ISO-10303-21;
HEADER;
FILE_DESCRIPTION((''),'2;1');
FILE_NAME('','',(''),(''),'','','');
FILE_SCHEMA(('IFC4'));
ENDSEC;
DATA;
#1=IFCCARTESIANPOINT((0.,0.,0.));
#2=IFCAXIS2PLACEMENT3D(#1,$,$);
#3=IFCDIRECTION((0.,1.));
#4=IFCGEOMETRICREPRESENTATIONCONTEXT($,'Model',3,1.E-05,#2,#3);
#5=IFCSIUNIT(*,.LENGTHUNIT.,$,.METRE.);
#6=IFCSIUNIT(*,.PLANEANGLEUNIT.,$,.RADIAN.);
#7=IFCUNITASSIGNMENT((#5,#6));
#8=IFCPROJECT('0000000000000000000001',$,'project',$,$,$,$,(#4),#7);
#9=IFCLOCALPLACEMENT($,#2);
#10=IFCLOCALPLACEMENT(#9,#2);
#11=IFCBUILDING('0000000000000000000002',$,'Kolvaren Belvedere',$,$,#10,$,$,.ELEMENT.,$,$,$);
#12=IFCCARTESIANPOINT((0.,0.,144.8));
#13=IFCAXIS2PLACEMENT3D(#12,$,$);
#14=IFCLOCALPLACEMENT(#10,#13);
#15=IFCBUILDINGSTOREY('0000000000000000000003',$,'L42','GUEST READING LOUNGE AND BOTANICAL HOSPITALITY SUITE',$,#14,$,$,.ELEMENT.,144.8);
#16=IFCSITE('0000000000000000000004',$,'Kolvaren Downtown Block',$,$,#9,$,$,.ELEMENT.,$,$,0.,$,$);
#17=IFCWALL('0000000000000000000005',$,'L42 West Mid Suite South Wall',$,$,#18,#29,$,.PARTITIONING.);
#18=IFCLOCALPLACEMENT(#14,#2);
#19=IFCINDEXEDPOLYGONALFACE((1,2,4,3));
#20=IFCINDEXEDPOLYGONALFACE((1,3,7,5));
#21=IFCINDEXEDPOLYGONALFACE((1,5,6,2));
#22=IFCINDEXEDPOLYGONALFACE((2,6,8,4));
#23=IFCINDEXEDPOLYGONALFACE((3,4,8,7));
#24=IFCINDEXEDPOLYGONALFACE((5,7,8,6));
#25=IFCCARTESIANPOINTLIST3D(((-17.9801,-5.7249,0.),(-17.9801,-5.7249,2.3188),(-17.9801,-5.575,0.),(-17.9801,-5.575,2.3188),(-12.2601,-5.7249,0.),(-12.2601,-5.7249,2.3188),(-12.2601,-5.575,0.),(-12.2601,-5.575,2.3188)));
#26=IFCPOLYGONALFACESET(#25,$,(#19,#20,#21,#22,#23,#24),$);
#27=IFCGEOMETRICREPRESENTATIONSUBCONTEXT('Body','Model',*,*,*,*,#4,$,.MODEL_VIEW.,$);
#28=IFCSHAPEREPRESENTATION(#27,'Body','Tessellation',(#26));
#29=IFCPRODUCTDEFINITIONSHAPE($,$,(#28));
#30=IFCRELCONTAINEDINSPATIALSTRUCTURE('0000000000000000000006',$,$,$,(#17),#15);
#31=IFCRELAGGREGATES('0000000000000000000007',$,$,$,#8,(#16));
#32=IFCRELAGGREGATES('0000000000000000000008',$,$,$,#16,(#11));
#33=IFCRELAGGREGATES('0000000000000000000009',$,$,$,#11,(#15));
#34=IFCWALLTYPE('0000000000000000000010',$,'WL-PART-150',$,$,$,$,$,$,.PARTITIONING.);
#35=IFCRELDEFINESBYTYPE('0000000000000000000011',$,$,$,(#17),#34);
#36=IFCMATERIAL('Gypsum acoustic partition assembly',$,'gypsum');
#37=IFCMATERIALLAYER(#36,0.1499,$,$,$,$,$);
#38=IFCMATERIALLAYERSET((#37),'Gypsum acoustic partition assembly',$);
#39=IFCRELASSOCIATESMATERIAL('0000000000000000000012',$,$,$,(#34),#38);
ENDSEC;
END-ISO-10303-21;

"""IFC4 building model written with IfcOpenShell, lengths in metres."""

from ifc_helpers import new_model, si_unit, direction, frame, frame_2d, origin, place, context, subcontext, project, spatial, rectangle, extrude, material, layer, layer_set, type_object, element, save


model = new_model("IFC4")

# Units and contexts
model_context = context("Model", 3, precision=1e-05, world=origin(), true_north=direction((0.0, 1.0)))
body_context = subcontext(model_context, "Body", "Model", "MODEL_VIEW")
ifc_project = project(units=[si_unit("LENGTHUNIT", "METRE"), si_unit("PLANEANGLEUNIT", "RADIAN")], contexts=[model_context])

# Site, building, storey
site_placement = place(None, origin())
site = spatial("IfcSite", under=ifc_project, at=site_placement, Name="Kolvaren Downtown Block", CompositionType="ELEMENT", RefElevation=0.0)
building_placement = place(site_placement, origin())
building = spatial("IfcBuilding", under=site, at=building_placement, Name="Kolvaren Belvedere", CompositionType="ELEMENT")
storey_placement = place(building_placement, frame((0.0, 0.0, 144.8)))
storey = spatial("IfcBuildingStorey", under=building, at=storey_placement, Name="L42", Description="GUEST READING LOUNGE AND BOTANICAL HOSPITALITY SUITE", CompositionType="ELEMENT", Elevation=144.8)

# Wall
ifc_material_1 = material(Name="Gypsum acoustic partition assembly", Category="gypsum")
ifc_layer_1 = layer(ifc_material_1, 0.1499)
ifc_layer_set_1 = layer_set([ifc_layer_1], Name="Gypsum acoustic partition assembly")
wall_type_1 = type_object("IfcWallType", Name="WL-PART-150", PredefinedType="PARTITIONING", material=ifc_layer_set_1)
wall_1_placement = place(storey_placement, frame((-17.98, -5.6499, 0.0), z_axis=(0.0, 0.0, 1.0), x_axis=(1.0, 0.0, 0.0)))
element("IfcWall", 1, at=wall_1_placement, inside=storey, type_object=wall_type_1, Name="L42 West Mid Suite South Wall", PredefinedType="PARTITIONING", context=body_context, shape_type="SweptSolid", body=[
    extrude(rectangle(XDim=5.72, YDim=0.1499, at=frame_2d((2.8599, 0.0))), origin(), (0.0, 0.0, 1.0), 2.3188),
])

save(model, "model.ifc")
